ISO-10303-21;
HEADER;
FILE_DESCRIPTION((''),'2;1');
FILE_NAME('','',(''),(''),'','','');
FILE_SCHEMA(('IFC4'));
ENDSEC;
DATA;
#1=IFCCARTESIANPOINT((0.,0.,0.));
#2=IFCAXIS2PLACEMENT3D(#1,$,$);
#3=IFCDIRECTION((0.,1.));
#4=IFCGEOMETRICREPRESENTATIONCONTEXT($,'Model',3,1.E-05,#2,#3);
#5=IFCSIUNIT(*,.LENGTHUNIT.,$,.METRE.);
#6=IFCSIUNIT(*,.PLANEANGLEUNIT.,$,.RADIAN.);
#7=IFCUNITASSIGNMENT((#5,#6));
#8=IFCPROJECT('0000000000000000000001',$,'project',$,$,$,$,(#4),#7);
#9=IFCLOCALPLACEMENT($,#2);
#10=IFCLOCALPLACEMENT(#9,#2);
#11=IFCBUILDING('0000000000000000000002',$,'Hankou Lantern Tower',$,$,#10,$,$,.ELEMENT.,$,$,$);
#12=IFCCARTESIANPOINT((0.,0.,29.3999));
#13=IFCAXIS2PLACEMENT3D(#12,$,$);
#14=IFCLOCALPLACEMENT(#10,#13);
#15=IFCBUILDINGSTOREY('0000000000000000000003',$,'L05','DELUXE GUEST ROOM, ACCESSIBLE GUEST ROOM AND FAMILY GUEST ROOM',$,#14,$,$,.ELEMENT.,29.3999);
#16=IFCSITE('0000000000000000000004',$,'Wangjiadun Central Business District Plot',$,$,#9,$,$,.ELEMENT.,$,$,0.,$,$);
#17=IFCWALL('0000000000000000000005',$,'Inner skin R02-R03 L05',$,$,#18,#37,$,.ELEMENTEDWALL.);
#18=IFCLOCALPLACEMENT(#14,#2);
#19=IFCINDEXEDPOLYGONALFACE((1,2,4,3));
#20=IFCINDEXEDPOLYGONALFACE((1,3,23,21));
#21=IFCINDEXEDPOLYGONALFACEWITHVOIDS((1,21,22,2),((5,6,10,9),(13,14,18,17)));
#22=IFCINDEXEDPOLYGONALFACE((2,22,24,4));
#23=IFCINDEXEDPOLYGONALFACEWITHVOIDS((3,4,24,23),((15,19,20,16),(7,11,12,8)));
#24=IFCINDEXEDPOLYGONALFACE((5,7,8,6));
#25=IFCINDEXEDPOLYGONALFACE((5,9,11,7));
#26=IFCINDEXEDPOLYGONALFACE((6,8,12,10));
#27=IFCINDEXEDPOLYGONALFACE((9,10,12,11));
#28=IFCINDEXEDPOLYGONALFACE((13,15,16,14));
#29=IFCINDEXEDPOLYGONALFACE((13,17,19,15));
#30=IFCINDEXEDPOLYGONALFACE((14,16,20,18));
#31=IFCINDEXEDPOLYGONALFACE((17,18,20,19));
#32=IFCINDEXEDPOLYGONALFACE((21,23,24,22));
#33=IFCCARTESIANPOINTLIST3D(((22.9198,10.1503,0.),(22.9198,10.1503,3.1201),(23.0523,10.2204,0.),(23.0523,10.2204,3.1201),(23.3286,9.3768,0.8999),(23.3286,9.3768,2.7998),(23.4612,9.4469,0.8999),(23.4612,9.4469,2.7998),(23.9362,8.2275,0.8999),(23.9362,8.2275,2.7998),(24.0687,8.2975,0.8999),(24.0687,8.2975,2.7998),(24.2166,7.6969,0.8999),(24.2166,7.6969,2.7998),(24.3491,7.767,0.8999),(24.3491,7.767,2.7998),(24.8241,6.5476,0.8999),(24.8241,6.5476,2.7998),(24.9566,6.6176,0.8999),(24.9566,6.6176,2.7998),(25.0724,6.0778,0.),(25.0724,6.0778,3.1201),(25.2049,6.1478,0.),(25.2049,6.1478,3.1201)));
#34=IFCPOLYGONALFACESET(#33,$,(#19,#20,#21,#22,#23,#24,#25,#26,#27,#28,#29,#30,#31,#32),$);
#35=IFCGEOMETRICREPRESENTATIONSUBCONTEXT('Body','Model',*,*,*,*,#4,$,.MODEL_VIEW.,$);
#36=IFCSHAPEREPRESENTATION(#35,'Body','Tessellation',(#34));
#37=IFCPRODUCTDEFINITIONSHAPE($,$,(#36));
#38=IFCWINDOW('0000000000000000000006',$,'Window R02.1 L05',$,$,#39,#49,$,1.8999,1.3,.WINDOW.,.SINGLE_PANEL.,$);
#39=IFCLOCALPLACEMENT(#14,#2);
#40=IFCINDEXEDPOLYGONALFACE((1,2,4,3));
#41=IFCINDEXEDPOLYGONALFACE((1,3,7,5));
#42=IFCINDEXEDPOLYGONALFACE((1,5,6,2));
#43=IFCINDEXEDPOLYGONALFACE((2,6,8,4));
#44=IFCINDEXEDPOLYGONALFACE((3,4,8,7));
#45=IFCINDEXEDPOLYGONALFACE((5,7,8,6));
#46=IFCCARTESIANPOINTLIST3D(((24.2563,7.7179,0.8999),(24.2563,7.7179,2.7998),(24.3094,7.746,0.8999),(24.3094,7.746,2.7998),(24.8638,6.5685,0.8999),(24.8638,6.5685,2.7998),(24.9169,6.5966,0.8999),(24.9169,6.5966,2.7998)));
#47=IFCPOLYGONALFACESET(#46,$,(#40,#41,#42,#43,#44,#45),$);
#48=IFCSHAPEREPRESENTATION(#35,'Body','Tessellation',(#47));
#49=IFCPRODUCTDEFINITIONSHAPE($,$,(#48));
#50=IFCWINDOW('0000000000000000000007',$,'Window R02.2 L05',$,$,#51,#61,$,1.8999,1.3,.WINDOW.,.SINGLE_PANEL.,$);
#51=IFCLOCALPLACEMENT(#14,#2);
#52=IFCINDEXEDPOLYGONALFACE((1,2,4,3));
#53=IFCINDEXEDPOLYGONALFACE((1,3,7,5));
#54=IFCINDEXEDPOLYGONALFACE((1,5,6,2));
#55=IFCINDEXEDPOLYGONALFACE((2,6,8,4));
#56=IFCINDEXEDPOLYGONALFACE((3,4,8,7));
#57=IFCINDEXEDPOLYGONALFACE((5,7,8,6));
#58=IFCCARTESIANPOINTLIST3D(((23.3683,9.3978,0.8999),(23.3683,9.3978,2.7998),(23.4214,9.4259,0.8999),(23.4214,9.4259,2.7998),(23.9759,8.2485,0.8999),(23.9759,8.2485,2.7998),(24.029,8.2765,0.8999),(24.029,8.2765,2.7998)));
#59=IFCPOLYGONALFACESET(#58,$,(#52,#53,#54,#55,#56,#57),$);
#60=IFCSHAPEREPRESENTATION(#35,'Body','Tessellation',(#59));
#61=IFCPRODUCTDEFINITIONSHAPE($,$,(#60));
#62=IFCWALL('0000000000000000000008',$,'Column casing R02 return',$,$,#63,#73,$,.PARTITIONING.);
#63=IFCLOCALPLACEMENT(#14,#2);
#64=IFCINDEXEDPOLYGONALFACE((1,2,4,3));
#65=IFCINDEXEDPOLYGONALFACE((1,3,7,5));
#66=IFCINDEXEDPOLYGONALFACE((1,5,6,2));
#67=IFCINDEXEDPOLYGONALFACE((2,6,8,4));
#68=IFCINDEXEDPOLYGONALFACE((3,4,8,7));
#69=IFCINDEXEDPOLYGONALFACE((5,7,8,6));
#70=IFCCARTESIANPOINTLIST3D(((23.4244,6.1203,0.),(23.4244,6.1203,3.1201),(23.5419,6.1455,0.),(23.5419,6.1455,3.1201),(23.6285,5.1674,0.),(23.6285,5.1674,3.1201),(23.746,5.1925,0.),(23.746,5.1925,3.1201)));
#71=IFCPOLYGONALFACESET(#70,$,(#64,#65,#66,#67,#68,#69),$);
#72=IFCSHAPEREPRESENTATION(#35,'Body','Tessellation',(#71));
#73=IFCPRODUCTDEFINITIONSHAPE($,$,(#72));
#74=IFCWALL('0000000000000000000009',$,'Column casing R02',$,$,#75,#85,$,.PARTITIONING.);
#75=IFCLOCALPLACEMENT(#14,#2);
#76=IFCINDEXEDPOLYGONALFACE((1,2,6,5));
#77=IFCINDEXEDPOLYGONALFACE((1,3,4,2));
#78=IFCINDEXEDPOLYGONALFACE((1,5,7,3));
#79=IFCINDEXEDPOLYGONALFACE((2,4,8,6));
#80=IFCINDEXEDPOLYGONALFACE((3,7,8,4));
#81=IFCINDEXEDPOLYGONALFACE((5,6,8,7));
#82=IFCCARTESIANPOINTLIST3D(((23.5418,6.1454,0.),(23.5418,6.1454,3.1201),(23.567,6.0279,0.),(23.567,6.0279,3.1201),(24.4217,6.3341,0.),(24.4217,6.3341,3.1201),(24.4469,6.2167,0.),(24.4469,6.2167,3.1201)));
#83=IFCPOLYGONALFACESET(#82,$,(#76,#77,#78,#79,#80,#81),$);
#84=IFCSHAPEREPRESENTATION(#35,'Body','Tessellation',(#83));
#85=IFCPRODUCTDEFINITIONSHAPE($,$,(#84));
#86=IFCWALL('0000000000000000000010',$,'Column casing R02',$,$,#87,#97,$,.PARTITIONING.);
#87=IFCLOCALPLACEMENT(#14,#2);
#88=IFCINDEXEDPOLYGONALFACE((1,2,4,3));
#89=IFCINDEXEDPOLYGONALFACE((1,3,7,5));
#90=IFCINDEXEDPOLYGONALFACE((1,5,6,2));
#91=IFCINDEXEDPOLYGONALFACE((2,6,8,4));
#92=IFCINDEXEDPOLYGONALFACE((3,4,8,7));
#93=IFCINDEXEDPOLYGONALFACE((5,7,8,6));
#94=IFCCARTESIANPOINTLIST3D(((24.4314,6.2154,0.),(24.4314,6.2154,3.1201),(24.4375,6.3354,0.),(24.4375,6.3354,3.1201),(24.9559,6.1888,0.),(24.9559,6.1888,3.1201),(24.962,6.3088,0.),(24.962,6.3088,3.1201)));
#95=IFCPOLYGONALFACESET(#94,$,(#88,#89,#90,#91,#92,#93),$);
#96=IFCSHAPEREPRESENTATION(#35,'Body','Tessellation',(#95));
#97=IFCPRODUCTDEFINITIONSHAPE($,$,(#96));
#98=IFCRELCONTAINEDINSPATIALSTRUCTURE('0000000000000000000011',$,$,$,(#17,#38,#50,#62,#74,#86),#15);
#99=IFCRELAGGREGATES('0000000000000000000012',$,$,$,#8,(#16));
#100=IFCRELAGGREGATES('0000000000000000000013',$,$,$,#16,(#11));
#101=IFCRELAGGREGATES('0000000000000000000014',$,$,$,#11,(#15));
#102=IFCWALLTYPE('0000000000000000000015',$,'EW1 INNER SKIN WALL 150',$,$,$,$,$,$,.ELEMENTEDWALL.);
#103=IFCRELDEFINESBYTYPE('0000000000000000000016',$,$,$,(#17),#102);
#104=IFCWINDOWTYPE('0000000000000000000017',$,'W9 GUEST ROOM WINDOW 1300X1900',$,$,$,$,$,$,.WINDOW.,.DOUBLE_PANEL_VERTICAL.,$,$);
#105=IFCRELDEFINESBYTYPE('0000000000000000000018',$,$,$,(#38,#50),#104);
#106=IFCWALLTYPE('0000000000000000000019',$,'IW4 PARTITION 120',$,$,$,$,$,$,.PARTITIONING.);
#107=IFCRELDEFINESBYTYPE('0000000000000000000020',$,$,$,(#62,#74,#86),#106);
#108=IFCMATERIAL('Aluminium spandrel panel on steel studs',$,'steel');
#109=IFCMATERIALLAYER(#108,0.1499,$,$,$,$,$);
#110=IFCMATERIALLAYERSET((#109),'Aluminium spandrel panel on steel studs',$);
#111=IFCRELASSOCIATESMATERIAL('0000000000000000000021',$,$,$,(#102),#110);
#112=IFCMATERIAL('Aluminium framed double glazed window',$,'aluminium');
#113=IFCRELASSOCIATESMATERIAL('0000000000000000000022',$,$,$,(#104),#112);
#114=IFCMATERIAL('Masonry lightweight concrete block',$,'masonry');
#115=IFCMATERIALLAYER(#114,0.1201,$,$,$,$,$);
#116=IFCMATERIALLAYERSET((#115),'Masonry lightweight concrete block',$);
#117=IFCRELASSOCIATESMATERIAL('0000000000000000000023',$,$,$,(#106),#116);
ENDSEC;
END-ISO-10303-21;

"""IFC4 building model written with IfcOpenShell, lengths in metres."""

from ifc_helpers import new_model, si_unit, direction, frame, frame_2d, origin, place, context, subcontext, project, spatial, rectangle, extrude, material, layer, layer_set, type_object, element, fill, save


model = new_model("IFC4")

# Units and contexts
model_context = context("Model", 3, precision=1e-05, world=origin(), true_north=direction((0.0, 1.0)))
body_context = subcontext(model_context, "Body", "Model", "MODEL_VIEW")
ifc_project = project(units=[si_unit("LENGTHUNIT", "METRE"), si_unit("PLANEANGLEUNIT", "RADIAN")], contexts=[model_context])

# Site, building, storey
site_placement = place(None, origin())
site = spatial("IfcSite", under=ifc_project, at=site_placement, Name="Wangjiadun Central Business District Plot", CompositionType="ELEMENT", RefElevation=0.0)
building_placement = place(site_placement, origin())
building = spatial("IfcBuilding", under=site, at=building_placement, Name="Hankou Lantern Tower", CompositionType="ELEMENT")
storey_placement = place(building_placement, frame((0.0, 0.0, 29.3999)))
storey = spatial("IfcBuildingStorey", under=building, at=storey_placement, Name="L05", Description="DELUXE GUEST ROOM, ACCESSIBLE GUEST ROOM AND FAMILY GUEST ROOM", CompositionType="ELEMENT", Elevation=29.3999)

# Wall, openings, windows
ifc_material_1 = material(Name="Aluminium spandrel panel on steel studs", Category="steel")
ifc_layer_1 = layer(ifc_material_1, 0.1499)
ifc_layer_set_1 = layer_set([ifc_layer_1], Name="Aluminium spandrel panel on steel studs")
wall_type_1 = type_object("IfcWallType", Name="EW1 INNER SKIN WALL 150", PredefinedType="ELEMENTEDWALL", material=ifc_layer_set_1)
ifc_material_2 = material(Name="Aluminium framed double glazed window", Category="aluminium")
window_type = type_object("IfcWindowType", Name="W9 GUEST ROOM WINDOW 1300X1900", PartitioningType="DOUBLE_PANEL_VERTICAL", PredefinedType="WINDOW", material=ifc_material_2)
wall_1_placement = place(storey_placement, frame((25.1387, 6.1128, 0.0), z_axis=(0.0, 0.0, 1.0), x_axis=(-0.467303, 0.884097, 0.0)))
wall_1 = element("IfcWall", 1, at=wall_1_placement, inside=storey, type_object=wall_type_1, Name="Inner skin R02-R03 L05", PredefinedType="ELEMENTEDWALL", context=body_context, shape_type="SweptSolid", body=[
    extrude(rectangle(XDim=4.6064, YDim=0.1499, at=frame_2d((2.3032, 0.0))), origin(), (0.0, 0.0, 1.0), 3.1201),
])
opening_1_placement = place(wall_1_placement, frame((0.5315, 0.0, 0.8999)))
opening_1 = element("IfcOpeningElement", 2, at=opening_1_placement, cuts=wall_1, PredefinedType="OPENING", context=body_context, shape_type="SweptSolid", body=[
    extrude(rectangle(XDim=1.3, YDim=1.8999, at=frame_2d((0.6499, 0.95))), frame((0.0, 0.085, 0.0), z_axis=(0.0, -1.0, 0.0), x_axis=(1.0, 0.0, 0.0)), (0.0, 0.0, 1.0), 0.1699),
])
opening_2_placement = place(wall_1_placement, frame((2.4316, 0.0, 0.8999)))
opening_2 = element("IfcOpeningElement", 3, at=opening_2_placement, cuts=wall_1, PredefinedType="OPENING", context=body_context, shape_type="SweptSolid", body=[
    extrude(rectangle(XDim=1.3, YDim=1.8999, at=frame_2d((0.6499, 0.95))), frame((0.0, 0.085, 0.0), z_axis=(0.0, -1.0, 0.0), x_axis=(1.0, 0.0, 0.0)), (0.0, 0.0, 1.0), 0.1699),
])
window_1_placement = place(opening_1_placement, origin())
window_1 = element("IfcWindow", 4, at=window_1_placement, inside=storey, type_object=window_type, Name="Window R02.1 L05", OverallHeight=1.8999, OverallWidth=1.3, PartitioningType="SINGLE_PANEL", PredefinedType="WINDOW", context=body_context, shape_type="SweptSolid", body=[
    extrude(rectangle(XDim=1.3, YDim=1.8999, at=frame_2d((0.6499, 0.95))), frame((0.0, 0.03, 0.0), z_axis=(0.0, -1.0, 0.0), x_axis=(1.0, 0.0, 0.0)), (0.0, 0.0, 1.0), 0.0601),
])
fill(opening_1, window_1)
window_2_placement = place(opening_2_placement, origin())
window_2 = element("IfcWindow", 5, at=window_2_placement, inside=storey, type_object=window_type, Name="Window R02.2 L05", OverallHeight=1.8999, OverallWidth=1.3, PartitioningType="SINGLE_PANEL", PredefinedType="WINDOW", context=body_context, shape_type="SweptSolid", body=[
    extrude(rectangle(XDim=1.3, YDim=1.8999, at=frame_2d((0.6499, 0.95))), frame((0.0, 0.03, 0.0), z_axis=(0.0, -1.0, 0.0), x_axis=(1.0, 0.0, 0.0)), (0.0, 0.0, 1.0), 0.0601),
])
fill(opening_2, window_2)

# Walls
ifc_material_3 = material(Name="Masonry lightweight concrete block", Category="masonry")
ifc_layer_2 = layer(ifc_material_3, 0.1201)
ifc_layer_set_2 = layer_set([ifc_layer_2], Name="Masonry lightweight concrete block")
wall_type_2 = type_object("IfcWallType", Name="IW4 PARTITION 120", PredefinedType="PARTITIONING", material=ifc_layer_set_2)
wall_2_placement = place(storey_placement, frame((23.6873, 5.1799, 0.0), z_axis=(0.0, 0.0, 1.0), x_axis=(-0.209444, 0.977821, 0.0)))
element("IfcWall", 6, at=wall_2_placement, inside=storey, type_object=wall_type_2, Name="Column casing R02 return", PredefinedType="PARTITIONING", context=body_context, shape_type="SweptSolid", body=[
    extrude(rectangle(XDim=0.9746, YDim=0.1201, at=frame_2d((0.4873, 0.0))), origin(), (0.0, 0.0, 1.0), 3.1201),
])
wall_3_placement = place(storey_placement, frame((23.5544, 6.0867, 0.0), z_axis=(0.0, 0.0, 1.0), x_axis=(0.977763, 0.209714, 0.0)))
element("IfcWall", 7, at=wall_3_placement, inside=storey, type_object=wall_type_2, Name="Column casing R02", PredefinedType="PARTITIONING", context=body_context, shape_type="SweptSolid", body=[
    extrude(rectangle(XDim=0.8999, YDim=0.1201, at=frame_2d((0.45, 0.0))), origin(), (0.0, 0.0, 1.0), 3.1201),
])
wall_4_placement = place(storey_placement, frame((24.4343, 6.2754, 0.0), z_axis=(0.0, 0.0, 1.0), x_axis=(0.998715, -0.05068, 0.0)))
element("IfcWall", 8, at=wall_4_placement, inside=storey, type_object=wall_type_2, Name="Column casing R02", PredefinedType="PARTITIONING", context=body_context, shape_type="SweptSolid", body=[
    extrude(rectangle(XDim=0.5251, YDim=0.1201, at=frame_2d((0.2627, 0.0))), origin(), (0.0, 0.0, 1.0), 3.1201),
])

save(model, "model.ifc")
